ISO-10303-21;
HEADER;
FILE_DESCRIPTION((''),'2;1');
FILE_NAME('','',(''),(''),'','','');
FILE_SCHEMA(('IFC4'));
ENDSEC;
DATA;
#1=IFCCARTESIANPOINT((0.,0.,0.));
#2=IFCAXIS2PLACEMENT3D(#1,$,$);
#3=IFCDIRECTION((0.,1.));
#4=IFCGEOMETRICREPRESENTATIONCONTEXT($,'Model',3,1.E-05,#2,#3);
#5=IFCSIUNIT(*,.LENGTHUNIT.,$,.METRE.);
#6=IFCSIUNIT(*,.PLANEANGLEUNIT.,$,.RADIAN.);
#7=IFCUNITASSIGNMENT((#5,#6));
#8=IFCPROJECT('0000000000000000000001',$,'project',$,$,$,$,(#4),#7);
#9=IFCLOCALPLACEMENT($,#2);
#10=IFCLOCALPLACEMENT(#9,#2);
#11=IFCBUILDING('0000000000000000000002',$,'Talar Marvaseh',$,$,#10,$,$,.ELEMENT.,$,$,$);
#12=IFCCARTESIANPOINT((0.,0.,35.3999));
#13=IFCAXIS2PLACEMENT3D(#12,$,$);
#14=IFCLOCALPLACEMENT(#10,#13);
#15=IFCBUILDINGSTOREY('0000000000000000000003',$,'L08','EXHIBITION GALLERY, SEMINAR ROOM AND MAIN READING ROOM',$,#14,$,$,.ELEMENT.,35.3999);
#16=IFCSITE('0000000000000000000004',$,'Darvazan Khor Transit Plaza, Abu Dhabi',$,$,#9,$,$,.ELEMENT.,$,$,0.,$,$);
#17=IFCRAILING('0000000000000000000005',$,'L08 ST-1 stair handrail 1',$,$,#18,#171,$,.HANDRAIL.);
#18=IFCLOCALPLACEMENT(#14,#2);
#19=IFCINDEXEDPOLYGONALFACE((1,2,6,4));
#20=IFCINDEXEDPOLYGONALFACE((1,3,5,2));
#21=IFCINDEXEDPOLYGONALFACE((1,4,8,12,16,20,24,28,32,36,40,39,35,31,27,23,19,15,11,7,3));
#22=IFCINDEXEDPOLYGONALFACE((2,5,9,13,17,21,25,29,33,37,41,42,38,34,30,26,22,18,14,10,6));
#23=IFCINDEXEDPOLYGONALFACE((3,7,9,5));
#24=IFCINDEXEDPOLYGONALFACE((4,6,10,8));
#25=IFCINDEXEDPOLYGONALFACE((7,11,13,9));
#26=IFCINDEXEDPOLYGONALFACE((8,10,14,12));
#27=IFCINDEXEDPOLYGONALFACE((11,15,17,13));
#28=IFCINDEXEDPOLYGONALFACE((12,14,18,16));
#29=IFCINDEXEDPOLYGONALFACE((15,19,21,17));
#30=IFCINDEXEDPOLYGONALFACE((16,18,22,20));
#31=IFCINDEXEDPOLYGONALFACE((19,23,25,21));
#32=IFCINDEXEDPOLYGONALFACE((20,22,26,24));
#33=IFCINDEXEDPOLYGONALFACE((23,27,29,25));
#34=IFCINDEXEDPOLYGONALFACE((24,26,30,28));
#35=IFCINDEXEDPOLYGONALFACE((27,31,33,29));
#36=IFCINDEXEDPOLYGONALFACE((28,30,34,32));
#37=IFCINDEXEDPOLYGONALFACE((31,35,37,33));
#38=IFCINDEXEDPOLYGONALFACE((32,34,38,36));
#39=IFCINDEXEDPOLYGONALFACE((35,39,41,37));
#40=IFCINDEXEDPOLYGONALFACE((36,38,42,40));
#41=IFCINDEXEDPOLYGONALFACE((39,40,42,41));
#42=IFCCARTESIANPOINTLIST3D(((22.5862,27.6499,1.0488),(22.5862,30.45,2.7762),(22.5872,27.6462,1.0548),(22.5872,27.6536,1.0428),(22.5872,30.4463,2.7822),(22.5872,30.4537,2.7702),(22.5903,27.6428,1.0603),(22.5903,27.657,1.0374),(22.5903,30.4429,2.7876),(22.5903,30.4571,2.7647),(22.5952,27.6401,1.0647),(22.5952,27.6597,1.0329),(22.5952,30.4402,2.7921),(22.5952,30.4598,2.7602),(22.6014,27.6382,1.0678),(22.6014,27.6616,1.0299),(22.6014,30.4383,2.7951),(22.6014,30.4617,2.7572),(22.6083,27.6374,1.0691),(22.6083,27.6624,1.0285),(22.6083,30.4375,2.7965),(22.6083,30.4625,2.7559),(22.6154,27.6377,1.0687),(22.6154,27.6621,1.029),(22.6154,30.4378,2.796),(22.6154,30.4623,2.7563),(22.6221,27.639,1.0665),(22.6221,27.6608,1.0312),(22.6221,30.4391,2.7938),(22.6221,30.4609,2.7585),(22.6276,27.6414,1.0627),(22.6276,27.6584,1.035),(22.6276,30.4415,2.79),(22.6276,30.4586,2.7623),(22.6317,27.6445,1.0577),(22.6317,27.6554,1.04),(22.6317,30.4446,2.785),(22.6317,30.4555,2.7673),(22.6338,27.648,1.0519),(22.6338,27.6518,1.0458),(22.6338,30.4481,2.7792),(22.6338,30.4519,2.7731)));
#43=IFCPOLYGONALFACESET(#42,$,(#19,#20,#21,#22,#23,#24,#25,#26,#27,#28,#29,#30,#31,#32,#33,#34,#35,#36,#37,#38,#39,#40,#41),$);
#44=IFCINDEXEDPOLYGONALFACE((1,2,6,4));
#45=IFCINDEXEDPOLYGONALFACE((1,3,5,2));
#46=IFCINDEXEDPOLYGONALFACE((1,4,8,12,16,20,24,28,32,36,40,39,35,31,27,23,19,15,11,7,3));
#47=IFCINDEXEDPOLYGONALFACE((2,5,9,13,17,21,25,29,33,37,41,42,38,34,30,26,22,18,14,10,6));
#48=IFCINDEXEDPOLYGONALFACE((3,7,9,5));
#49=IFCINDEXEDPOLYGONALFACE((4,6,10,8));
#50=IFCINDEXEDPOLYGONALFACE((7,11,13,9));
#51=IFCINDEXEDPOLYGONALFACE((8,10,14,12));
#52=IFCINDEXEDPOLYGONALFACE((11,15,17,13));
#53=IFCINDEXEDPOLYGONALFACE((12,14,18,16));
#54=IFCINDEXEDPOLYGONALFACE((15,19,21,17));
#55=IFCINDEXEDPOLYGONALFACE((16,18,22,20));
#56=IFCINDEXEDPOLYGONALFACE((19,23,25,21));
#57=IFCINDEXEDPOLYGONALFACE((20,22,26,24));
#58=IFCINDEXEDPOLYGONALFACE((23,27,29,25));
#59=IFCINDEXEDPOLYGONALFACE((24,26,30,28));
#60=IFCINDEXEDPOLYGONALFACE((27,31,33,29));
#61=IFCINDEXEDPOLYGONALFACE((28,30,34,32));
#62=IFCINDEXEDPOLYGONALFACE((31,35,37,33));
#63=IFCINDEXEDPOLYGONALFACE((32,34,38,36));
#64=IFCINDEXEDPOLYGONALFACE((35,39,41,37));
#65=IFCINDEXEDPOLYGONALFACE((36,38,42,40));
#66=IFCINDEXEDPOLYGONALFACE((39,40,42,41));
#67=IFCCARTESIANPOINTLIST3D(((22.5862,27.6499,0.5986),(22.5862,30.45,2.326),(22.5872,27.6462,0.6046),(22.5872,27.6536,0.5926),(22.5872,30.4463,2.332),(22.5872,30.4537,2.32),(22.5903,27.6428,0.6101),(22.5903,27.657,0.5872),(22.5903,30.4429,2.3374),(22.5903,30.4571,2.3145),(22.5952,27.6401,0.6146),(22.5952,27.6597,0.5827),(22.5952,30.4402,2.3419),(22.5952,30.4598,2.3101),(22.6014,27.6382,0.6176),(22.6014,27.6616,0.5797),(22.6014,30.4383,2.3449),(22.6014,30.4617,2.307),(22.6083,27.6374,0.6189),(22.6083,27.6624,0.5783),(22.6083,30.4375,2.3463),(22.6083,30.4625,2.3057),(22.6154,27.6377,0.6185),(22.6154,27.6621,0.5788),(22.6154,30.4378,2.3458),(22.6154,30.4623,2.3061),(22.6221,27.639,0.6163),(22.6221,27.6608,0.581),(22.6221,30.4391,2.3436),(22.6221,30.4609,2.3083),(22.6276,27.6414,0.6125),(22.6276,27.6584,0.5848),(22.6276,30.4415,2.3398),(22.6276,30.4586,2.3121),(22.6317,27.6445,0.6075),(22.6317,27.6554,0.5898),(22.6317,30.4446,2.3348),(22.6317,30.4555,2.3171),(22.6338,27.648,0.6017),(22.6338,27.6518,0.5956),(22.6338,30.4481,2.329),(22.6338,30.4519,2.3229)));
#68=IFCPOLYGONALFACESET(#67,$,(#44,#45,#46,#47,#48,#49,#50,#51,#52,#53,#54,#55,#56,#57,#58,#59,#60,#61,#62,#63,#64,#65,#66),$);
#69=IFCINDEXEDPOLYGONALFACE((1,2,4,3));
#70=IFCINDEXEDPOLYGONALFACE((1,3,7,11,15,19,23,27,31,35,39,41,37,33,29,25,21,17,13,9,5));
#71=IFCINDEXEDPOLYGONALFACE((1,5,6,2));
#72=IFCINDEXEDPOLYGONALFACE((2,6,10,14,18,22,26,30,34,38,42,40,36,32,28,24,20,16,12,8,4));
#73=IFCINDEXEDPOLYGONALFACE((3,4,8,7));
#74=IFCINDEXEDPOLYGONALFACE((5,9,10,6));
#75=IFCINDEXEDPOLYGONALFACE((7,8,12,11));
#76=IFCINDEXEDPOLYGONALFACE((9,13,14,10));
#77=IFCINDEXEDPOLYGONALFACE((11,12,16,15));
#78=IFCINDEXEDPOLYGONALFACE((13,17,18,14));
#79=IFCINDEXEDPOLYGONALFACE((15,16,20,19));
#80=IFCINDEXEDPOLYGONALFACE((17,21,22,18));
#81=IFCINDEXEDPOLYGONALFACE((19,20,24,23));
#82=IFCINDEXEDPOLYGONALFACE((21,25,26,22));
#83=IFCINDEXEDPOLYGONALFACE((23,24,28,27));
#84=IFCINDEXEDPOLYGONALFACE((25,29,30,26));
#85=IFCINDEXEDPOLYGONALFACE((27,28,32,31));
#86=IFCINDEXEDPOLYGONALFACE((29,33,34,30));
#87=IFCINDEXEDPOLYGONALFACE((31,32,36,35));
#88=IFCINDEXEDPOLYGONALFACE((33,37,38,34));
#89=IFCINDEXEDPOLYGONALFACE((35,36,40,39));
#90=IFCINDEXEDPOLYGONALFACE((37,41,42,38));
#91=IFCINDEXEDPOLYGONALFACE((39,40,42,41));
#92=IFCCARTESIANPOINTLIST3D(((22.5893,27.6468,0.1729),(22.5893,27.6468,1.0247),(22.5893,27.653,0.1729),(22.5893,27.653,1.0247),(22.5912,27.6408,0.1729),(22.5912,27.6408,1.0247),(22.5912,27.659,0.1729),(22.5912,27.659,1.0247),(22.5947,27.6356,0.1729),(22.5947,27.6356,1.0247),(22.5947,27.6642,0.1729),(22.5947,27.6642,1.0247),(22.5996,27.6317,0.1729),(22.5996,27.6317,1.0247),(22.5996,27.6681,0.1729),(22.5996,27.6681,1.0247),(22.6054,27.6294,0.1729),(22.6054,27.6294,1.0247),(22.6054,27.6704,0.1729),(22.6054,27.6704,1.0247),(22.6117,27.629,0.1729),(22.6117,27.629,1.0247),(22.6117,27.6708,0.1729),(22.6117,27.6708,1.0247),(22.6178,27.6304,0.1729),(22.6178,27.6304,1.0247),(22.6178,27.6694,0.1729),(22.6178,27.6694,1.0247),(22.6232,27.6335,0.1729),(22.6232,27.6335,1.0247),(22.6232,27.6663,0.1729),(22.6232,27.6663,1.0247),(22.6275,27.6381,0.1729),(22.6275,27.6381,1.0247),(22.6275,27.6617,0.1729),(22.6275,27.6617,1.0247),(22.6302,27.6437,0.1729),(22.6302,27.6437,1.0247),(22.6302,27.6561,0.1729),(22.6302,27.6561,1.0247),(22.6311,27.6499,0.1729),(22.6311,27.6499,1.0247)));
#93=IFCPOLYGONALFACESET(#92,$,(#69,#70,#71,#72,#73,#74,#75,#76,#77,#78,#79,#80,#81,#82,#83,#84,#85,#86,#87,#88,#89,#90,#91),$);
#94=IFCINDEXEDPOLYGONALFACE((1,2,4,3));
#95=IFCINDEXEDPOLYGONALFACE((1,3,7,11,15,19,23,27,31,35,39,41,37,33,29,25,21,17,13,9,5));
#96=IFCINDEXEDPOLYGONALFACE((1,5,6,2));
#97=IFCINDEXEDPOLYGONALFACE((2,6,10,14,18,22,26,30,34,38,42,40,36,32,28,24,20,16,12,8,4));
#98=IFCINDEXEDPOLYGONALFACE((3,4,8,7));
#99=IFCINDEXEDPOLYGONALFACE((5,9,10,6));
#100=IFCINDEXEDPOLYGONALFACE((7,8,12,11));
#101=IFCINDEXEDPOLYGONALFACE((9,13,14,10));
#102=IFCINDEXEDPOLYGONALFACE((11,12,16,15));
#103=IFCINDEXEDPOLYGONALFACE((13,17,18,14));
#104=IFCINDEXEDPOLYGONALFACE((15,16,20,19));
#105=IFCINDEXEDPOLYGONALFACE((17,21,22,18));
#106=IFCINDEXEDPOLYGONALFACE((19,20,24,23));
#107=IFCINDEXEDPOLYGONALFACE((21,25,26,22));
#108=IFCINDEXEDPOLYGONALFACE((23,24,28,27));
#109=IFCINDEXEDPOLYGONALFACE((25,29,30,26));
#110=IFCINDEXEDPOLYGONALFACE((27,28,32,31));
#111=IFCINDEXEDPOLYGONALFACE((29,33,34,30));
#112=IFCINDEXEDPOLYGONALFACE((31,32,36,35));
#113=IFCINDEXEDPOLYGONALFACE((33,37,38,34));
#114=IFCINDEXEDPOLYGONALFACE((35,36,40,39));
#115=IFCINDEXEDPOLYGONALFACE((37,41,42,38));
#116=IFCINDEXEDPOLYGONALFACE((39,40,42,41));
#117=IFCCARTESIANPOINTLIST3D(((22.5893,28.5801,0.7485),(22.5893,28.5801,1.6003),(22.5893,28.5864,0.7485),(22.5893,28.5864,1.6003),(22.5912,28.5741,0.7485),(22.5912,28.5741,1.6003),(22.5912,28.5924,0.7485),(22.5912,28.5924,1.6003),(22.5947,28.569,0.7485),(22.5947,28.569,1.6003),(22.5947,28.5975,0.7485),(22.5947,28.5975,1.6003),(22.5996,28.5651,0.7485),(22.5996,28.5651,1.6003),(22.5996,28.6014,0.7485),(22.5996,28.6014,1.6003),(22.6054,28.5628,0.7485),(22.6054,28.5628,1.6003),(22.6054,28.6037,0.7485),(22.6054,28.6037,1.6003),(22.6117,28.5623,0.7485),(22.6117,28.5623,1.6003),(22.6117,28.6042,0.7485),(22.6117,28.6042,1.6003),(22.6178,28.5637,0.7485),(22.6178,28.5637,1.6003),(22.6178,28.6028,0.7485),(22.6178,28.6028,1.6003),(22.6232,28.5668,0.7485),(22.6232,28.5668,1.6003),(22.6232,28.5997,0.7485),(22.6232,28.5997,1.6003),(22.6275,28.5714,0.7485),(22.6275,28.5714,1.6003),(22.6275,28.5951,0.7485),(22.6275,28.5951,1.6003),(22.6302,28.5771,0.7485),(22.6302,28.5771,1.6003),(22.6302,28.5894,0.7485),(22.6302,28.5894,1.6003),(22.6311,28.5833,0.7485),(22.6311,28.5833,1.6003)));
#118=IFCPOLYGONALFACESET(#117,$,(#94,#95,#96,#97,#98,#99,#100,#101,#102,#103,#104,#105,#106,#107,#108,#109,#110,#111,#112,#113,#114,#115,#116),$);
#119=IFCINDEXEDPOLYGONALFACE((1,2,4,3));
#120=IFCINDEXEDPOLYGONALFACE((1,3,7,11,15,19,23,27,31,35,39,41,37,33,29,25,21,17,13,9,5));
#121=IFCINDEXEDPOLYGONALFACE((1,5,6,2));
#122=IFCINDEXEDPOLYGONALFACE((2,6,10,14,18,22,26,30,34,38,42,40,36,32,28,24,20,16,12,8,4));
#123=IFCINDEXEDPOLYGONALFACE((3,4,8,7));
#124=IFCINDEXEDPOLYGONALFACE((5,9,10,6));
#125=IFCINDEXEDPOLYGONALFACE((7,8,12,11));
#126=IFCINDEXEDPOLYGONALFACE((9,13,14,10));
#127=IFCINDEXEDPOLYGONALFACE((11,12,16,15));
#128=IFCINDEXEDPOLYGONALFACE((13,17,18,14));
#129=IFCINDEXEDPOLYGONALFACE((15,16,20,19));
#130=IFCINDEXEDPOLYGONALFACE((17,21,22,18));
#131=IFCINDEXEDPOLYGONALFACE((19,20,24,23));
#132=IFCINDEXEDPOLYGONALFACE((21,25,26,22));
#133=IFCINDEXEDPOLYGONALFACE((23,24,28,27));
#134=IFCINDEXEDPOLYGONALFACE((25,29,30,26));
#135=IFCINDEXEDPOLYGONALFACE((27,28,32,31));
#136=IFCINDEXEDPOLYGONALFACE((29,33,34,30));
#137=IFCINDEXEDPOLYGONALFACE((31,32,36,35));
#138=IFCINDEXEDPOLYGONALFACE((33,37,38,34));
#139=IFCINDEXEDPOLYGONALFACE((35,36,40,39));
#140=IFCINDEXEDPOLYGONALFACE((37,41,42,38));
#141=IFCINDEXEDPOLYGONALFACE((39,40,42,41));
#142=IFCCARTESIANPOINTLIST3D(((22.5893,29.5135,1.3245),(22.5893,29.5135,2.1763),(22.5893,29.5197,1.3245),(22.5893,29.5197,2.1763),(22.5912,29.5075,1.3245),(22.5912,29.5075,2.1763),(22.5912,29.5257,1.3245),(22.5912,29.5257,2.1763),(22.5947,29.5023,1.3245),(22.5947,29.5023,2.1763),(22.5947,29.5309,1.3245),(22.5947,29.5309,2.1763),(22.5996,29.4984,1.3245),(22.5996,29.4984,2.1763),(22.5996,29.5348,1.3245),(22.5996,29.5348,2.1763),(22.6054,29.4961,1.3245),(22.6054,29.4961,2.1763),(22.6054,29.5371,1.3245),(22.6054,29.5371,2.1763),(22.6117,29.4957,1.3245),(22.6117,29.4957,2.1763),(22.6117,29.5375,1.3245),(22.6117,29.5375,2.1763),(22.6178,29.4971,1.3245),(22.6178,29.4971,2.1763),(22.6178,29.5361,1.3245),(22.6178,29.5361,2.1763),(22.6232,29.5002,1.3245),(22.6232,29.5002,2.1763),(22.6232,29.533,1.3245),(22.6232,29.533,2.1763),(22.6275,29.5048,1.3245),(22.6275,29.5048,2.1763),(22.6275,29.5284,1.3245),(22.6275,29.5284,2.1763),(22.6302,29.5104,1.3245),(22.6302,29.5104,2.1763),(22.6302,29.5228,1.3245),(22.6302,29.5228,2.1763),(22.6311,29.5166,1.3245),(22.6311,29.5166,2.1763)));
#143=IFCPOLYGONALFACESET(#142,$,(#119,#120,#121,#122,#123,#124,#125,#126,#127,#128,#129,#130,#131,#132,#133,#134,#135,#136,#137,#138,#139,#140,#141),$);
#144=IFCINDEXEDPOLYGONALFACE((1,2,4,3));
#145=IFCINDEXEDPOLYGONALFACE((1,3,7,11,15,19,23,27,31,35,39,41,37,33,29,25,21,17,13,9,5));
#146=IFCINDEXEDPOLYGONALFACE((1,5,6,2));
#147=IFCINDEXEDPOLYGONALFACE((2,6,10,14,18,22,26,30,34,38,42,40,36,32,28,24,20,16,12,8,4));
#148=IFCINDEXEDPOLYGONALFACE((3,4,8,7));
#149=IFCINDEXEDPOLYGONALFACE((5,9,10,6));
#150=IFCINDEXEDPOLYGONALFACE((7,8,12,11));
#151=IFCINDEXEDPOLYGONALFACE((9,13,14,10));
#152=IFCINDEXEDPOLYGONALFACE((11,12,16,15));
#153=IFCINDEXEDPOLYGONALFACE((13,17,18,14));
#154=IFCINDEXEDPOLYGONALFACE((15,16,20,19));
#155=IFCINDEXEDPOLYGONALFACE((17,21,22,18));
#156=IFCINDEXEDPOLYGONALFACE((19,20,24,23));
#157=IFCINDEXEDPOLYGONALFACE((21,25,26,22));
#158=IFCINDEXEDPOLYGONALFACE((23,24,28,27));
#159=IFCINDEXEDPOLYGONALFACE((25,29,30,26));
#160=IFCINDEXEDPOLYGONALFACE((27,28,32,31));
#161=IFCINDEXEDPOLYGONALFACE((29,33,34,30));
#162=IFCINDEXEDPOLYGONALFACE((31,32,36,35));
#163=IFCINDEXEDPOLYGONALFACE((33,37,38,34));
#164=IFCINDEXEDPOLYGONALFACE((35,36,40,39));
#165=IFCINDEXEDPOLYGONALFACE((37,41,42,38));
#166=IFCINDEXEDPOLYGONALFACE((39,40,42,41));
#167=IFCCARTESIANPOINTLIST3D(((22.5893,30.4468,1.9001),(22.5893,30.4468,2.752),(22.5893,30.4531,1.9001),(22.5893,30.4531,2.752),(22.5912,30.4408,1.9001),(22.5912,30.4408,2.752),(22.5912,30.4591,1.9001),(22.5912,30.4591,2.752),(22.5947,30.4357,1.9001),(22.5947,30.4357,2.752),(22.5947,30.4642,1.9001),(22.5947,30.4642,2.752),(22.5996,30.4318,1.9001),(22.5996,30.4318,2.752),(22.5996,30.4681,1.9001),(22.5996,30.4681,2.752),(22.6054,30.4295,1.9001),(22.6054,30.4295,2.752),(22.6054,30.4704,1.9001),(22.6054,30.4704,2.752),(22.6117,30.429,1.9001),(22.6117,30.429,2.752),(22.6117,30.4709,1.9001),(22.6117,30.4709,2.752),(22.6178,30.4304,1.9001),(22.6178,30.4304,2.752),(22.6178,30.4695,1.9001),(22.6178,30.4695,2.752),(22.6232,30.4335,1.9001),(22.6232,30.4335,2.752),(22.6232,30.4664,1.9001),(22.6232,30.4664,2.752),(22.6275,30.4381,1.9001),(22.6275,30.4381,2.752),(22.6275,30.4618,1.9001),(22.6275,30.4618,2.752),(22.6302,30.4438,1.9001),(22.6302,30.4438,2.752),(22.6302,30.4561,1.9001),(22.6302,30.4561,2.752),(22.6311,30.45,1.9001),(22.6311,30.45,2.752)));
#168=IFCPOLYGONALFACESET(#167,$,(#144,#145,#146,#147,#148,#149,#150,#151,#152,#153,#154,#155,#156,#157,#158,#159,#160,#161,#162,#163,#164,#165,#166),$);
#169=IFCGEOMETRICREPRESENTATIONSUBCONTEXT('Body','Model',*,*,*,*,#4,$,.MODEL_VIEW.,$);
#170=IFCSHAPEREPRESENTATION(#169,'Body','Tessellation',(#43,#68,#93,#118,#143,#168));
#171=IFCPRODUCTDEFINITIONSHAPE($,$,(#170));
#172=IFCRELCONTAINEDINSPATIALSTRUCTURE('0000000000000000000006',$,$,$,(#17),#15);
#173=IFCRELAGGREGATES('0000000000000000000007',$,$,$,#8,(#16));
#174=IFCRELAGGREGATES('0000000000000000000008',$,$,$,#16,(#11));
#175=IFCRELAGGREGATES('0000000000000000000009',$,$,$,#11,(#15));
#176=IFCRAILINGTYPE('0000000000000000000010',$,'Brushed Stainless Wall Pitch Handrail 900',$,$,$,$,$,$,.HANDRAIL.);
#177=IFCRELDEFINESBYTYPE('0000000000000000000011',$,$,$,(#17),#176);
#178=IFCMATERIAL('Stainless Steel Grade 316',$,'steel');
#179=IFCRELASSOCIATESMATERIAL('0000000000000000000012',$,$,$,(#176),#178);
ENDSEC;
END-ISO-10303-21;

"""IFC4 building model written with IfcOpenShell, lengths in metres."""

from ifc_helpers import new_model, si_unit, direction, frame, origin, origin_2d, place, context, subcontext, project, spatial, circle, extrude, material, type_object, element, save


model = new_model("IFC4")

# Units and contexts
model_context = context("Model", 3, precision=1e-05, world=origin(), true_north=direction((0.0, 1.0)))
body_context = subcontext(model_context, "Body", "Model", "MODEL_VIEW")
ifc_project = project(units=[si_unit("LENGTHUNIT", "METRE"), si_unit("PLANEANGLEUNIT", "RADIAN")], contexts=[model_context])

# Site, building, storey
site_placement = place(None, origin())
site = spatial("IfcSite", under=ifc_project, at=site_placement, Name="Darvazan Khor Transit Plaza, Abu Dhabi", CompositionType="ELEMENT", RefElevation=0.0)
building_placement = place(site_placement, origin())
building = spatial("IfcBuilding", under=site, at=building_placement, Name="Talar Marvaseh", CompositionType="ELEMENT")
storey_placement = place(building_placement, frame((0.0, 0.0, 35.3999)))
storey = spatial("IfcBuildingStorey", under=building, at=storey_placement, Name="L08", Description="EXHIBITION GALLERY, SEMINAR ROOM AND MAIN READING ROOM", CompositionType="ELEMENT", Elevation=35.3999)

# Railing
ifc_material_1 = material(Name="Stainless Steel Grade 316", Category="steel")
railing_type_1 = type_object("IfcRailingType", Name="Brushed Stainless Wall Pitch Handrail 900", PredefinedType="HANDRAIL", material=ifc_material_1)
railing_1_placement = place(storey_placement, frame((22.6101, 27.6499, 0.1729)))
element("IfcRailing", 1, at=railing_1_placement, inside=storey, type_object=railing_type_1, Name="L08 ST-1 stair handrail 1", PredefinedType="HANDRAIL", context=body_context, shape_type="SweptSolid", body=[
    extrude(circle(Radius=0.0239, at=origin_2d()), frame((0.0, 0.0, 0.876), z_axis=(0.0, 0.85109, 0.52502), x_axis=(-1.0, 0.0, 0.0)), (0.0, 0.0, 1.0), 3.29),
    extrude(circle(Radius=0.0239, at=origin_2d()), frame((0.0, 0.0, 0.4258), z_axis=(0.0, 0.85109, 0.52502), x_axis=(-1.0, 0.0, 0.0)), (0.0, 0.0, 1.0), 3.29),
    extrude(circle(Radius=0.021, at=origin_2d()), origin(), (0.0, 0.0, 1.0), 0.8518),
    extrude(circle(Radius=0.021, at=origin_2d()), frame((0.0, 0.9333, 0.5757)), (0.0, 0.0, 1.0), 0.8518),
    extrude(circle(Radius=0.021, at=origin_2d()), frame((0.0, 1.8667, 1.1516)), (0.0, 0.0, 1.0), 0.8518),
    extrude(circle(Radius=0.021, at=origin_2d()), frame((0.0, 2.8, 1.7273)), (0.0, 0.0, 1.0), 0.8518),
])

save(model, "model.ifc")
